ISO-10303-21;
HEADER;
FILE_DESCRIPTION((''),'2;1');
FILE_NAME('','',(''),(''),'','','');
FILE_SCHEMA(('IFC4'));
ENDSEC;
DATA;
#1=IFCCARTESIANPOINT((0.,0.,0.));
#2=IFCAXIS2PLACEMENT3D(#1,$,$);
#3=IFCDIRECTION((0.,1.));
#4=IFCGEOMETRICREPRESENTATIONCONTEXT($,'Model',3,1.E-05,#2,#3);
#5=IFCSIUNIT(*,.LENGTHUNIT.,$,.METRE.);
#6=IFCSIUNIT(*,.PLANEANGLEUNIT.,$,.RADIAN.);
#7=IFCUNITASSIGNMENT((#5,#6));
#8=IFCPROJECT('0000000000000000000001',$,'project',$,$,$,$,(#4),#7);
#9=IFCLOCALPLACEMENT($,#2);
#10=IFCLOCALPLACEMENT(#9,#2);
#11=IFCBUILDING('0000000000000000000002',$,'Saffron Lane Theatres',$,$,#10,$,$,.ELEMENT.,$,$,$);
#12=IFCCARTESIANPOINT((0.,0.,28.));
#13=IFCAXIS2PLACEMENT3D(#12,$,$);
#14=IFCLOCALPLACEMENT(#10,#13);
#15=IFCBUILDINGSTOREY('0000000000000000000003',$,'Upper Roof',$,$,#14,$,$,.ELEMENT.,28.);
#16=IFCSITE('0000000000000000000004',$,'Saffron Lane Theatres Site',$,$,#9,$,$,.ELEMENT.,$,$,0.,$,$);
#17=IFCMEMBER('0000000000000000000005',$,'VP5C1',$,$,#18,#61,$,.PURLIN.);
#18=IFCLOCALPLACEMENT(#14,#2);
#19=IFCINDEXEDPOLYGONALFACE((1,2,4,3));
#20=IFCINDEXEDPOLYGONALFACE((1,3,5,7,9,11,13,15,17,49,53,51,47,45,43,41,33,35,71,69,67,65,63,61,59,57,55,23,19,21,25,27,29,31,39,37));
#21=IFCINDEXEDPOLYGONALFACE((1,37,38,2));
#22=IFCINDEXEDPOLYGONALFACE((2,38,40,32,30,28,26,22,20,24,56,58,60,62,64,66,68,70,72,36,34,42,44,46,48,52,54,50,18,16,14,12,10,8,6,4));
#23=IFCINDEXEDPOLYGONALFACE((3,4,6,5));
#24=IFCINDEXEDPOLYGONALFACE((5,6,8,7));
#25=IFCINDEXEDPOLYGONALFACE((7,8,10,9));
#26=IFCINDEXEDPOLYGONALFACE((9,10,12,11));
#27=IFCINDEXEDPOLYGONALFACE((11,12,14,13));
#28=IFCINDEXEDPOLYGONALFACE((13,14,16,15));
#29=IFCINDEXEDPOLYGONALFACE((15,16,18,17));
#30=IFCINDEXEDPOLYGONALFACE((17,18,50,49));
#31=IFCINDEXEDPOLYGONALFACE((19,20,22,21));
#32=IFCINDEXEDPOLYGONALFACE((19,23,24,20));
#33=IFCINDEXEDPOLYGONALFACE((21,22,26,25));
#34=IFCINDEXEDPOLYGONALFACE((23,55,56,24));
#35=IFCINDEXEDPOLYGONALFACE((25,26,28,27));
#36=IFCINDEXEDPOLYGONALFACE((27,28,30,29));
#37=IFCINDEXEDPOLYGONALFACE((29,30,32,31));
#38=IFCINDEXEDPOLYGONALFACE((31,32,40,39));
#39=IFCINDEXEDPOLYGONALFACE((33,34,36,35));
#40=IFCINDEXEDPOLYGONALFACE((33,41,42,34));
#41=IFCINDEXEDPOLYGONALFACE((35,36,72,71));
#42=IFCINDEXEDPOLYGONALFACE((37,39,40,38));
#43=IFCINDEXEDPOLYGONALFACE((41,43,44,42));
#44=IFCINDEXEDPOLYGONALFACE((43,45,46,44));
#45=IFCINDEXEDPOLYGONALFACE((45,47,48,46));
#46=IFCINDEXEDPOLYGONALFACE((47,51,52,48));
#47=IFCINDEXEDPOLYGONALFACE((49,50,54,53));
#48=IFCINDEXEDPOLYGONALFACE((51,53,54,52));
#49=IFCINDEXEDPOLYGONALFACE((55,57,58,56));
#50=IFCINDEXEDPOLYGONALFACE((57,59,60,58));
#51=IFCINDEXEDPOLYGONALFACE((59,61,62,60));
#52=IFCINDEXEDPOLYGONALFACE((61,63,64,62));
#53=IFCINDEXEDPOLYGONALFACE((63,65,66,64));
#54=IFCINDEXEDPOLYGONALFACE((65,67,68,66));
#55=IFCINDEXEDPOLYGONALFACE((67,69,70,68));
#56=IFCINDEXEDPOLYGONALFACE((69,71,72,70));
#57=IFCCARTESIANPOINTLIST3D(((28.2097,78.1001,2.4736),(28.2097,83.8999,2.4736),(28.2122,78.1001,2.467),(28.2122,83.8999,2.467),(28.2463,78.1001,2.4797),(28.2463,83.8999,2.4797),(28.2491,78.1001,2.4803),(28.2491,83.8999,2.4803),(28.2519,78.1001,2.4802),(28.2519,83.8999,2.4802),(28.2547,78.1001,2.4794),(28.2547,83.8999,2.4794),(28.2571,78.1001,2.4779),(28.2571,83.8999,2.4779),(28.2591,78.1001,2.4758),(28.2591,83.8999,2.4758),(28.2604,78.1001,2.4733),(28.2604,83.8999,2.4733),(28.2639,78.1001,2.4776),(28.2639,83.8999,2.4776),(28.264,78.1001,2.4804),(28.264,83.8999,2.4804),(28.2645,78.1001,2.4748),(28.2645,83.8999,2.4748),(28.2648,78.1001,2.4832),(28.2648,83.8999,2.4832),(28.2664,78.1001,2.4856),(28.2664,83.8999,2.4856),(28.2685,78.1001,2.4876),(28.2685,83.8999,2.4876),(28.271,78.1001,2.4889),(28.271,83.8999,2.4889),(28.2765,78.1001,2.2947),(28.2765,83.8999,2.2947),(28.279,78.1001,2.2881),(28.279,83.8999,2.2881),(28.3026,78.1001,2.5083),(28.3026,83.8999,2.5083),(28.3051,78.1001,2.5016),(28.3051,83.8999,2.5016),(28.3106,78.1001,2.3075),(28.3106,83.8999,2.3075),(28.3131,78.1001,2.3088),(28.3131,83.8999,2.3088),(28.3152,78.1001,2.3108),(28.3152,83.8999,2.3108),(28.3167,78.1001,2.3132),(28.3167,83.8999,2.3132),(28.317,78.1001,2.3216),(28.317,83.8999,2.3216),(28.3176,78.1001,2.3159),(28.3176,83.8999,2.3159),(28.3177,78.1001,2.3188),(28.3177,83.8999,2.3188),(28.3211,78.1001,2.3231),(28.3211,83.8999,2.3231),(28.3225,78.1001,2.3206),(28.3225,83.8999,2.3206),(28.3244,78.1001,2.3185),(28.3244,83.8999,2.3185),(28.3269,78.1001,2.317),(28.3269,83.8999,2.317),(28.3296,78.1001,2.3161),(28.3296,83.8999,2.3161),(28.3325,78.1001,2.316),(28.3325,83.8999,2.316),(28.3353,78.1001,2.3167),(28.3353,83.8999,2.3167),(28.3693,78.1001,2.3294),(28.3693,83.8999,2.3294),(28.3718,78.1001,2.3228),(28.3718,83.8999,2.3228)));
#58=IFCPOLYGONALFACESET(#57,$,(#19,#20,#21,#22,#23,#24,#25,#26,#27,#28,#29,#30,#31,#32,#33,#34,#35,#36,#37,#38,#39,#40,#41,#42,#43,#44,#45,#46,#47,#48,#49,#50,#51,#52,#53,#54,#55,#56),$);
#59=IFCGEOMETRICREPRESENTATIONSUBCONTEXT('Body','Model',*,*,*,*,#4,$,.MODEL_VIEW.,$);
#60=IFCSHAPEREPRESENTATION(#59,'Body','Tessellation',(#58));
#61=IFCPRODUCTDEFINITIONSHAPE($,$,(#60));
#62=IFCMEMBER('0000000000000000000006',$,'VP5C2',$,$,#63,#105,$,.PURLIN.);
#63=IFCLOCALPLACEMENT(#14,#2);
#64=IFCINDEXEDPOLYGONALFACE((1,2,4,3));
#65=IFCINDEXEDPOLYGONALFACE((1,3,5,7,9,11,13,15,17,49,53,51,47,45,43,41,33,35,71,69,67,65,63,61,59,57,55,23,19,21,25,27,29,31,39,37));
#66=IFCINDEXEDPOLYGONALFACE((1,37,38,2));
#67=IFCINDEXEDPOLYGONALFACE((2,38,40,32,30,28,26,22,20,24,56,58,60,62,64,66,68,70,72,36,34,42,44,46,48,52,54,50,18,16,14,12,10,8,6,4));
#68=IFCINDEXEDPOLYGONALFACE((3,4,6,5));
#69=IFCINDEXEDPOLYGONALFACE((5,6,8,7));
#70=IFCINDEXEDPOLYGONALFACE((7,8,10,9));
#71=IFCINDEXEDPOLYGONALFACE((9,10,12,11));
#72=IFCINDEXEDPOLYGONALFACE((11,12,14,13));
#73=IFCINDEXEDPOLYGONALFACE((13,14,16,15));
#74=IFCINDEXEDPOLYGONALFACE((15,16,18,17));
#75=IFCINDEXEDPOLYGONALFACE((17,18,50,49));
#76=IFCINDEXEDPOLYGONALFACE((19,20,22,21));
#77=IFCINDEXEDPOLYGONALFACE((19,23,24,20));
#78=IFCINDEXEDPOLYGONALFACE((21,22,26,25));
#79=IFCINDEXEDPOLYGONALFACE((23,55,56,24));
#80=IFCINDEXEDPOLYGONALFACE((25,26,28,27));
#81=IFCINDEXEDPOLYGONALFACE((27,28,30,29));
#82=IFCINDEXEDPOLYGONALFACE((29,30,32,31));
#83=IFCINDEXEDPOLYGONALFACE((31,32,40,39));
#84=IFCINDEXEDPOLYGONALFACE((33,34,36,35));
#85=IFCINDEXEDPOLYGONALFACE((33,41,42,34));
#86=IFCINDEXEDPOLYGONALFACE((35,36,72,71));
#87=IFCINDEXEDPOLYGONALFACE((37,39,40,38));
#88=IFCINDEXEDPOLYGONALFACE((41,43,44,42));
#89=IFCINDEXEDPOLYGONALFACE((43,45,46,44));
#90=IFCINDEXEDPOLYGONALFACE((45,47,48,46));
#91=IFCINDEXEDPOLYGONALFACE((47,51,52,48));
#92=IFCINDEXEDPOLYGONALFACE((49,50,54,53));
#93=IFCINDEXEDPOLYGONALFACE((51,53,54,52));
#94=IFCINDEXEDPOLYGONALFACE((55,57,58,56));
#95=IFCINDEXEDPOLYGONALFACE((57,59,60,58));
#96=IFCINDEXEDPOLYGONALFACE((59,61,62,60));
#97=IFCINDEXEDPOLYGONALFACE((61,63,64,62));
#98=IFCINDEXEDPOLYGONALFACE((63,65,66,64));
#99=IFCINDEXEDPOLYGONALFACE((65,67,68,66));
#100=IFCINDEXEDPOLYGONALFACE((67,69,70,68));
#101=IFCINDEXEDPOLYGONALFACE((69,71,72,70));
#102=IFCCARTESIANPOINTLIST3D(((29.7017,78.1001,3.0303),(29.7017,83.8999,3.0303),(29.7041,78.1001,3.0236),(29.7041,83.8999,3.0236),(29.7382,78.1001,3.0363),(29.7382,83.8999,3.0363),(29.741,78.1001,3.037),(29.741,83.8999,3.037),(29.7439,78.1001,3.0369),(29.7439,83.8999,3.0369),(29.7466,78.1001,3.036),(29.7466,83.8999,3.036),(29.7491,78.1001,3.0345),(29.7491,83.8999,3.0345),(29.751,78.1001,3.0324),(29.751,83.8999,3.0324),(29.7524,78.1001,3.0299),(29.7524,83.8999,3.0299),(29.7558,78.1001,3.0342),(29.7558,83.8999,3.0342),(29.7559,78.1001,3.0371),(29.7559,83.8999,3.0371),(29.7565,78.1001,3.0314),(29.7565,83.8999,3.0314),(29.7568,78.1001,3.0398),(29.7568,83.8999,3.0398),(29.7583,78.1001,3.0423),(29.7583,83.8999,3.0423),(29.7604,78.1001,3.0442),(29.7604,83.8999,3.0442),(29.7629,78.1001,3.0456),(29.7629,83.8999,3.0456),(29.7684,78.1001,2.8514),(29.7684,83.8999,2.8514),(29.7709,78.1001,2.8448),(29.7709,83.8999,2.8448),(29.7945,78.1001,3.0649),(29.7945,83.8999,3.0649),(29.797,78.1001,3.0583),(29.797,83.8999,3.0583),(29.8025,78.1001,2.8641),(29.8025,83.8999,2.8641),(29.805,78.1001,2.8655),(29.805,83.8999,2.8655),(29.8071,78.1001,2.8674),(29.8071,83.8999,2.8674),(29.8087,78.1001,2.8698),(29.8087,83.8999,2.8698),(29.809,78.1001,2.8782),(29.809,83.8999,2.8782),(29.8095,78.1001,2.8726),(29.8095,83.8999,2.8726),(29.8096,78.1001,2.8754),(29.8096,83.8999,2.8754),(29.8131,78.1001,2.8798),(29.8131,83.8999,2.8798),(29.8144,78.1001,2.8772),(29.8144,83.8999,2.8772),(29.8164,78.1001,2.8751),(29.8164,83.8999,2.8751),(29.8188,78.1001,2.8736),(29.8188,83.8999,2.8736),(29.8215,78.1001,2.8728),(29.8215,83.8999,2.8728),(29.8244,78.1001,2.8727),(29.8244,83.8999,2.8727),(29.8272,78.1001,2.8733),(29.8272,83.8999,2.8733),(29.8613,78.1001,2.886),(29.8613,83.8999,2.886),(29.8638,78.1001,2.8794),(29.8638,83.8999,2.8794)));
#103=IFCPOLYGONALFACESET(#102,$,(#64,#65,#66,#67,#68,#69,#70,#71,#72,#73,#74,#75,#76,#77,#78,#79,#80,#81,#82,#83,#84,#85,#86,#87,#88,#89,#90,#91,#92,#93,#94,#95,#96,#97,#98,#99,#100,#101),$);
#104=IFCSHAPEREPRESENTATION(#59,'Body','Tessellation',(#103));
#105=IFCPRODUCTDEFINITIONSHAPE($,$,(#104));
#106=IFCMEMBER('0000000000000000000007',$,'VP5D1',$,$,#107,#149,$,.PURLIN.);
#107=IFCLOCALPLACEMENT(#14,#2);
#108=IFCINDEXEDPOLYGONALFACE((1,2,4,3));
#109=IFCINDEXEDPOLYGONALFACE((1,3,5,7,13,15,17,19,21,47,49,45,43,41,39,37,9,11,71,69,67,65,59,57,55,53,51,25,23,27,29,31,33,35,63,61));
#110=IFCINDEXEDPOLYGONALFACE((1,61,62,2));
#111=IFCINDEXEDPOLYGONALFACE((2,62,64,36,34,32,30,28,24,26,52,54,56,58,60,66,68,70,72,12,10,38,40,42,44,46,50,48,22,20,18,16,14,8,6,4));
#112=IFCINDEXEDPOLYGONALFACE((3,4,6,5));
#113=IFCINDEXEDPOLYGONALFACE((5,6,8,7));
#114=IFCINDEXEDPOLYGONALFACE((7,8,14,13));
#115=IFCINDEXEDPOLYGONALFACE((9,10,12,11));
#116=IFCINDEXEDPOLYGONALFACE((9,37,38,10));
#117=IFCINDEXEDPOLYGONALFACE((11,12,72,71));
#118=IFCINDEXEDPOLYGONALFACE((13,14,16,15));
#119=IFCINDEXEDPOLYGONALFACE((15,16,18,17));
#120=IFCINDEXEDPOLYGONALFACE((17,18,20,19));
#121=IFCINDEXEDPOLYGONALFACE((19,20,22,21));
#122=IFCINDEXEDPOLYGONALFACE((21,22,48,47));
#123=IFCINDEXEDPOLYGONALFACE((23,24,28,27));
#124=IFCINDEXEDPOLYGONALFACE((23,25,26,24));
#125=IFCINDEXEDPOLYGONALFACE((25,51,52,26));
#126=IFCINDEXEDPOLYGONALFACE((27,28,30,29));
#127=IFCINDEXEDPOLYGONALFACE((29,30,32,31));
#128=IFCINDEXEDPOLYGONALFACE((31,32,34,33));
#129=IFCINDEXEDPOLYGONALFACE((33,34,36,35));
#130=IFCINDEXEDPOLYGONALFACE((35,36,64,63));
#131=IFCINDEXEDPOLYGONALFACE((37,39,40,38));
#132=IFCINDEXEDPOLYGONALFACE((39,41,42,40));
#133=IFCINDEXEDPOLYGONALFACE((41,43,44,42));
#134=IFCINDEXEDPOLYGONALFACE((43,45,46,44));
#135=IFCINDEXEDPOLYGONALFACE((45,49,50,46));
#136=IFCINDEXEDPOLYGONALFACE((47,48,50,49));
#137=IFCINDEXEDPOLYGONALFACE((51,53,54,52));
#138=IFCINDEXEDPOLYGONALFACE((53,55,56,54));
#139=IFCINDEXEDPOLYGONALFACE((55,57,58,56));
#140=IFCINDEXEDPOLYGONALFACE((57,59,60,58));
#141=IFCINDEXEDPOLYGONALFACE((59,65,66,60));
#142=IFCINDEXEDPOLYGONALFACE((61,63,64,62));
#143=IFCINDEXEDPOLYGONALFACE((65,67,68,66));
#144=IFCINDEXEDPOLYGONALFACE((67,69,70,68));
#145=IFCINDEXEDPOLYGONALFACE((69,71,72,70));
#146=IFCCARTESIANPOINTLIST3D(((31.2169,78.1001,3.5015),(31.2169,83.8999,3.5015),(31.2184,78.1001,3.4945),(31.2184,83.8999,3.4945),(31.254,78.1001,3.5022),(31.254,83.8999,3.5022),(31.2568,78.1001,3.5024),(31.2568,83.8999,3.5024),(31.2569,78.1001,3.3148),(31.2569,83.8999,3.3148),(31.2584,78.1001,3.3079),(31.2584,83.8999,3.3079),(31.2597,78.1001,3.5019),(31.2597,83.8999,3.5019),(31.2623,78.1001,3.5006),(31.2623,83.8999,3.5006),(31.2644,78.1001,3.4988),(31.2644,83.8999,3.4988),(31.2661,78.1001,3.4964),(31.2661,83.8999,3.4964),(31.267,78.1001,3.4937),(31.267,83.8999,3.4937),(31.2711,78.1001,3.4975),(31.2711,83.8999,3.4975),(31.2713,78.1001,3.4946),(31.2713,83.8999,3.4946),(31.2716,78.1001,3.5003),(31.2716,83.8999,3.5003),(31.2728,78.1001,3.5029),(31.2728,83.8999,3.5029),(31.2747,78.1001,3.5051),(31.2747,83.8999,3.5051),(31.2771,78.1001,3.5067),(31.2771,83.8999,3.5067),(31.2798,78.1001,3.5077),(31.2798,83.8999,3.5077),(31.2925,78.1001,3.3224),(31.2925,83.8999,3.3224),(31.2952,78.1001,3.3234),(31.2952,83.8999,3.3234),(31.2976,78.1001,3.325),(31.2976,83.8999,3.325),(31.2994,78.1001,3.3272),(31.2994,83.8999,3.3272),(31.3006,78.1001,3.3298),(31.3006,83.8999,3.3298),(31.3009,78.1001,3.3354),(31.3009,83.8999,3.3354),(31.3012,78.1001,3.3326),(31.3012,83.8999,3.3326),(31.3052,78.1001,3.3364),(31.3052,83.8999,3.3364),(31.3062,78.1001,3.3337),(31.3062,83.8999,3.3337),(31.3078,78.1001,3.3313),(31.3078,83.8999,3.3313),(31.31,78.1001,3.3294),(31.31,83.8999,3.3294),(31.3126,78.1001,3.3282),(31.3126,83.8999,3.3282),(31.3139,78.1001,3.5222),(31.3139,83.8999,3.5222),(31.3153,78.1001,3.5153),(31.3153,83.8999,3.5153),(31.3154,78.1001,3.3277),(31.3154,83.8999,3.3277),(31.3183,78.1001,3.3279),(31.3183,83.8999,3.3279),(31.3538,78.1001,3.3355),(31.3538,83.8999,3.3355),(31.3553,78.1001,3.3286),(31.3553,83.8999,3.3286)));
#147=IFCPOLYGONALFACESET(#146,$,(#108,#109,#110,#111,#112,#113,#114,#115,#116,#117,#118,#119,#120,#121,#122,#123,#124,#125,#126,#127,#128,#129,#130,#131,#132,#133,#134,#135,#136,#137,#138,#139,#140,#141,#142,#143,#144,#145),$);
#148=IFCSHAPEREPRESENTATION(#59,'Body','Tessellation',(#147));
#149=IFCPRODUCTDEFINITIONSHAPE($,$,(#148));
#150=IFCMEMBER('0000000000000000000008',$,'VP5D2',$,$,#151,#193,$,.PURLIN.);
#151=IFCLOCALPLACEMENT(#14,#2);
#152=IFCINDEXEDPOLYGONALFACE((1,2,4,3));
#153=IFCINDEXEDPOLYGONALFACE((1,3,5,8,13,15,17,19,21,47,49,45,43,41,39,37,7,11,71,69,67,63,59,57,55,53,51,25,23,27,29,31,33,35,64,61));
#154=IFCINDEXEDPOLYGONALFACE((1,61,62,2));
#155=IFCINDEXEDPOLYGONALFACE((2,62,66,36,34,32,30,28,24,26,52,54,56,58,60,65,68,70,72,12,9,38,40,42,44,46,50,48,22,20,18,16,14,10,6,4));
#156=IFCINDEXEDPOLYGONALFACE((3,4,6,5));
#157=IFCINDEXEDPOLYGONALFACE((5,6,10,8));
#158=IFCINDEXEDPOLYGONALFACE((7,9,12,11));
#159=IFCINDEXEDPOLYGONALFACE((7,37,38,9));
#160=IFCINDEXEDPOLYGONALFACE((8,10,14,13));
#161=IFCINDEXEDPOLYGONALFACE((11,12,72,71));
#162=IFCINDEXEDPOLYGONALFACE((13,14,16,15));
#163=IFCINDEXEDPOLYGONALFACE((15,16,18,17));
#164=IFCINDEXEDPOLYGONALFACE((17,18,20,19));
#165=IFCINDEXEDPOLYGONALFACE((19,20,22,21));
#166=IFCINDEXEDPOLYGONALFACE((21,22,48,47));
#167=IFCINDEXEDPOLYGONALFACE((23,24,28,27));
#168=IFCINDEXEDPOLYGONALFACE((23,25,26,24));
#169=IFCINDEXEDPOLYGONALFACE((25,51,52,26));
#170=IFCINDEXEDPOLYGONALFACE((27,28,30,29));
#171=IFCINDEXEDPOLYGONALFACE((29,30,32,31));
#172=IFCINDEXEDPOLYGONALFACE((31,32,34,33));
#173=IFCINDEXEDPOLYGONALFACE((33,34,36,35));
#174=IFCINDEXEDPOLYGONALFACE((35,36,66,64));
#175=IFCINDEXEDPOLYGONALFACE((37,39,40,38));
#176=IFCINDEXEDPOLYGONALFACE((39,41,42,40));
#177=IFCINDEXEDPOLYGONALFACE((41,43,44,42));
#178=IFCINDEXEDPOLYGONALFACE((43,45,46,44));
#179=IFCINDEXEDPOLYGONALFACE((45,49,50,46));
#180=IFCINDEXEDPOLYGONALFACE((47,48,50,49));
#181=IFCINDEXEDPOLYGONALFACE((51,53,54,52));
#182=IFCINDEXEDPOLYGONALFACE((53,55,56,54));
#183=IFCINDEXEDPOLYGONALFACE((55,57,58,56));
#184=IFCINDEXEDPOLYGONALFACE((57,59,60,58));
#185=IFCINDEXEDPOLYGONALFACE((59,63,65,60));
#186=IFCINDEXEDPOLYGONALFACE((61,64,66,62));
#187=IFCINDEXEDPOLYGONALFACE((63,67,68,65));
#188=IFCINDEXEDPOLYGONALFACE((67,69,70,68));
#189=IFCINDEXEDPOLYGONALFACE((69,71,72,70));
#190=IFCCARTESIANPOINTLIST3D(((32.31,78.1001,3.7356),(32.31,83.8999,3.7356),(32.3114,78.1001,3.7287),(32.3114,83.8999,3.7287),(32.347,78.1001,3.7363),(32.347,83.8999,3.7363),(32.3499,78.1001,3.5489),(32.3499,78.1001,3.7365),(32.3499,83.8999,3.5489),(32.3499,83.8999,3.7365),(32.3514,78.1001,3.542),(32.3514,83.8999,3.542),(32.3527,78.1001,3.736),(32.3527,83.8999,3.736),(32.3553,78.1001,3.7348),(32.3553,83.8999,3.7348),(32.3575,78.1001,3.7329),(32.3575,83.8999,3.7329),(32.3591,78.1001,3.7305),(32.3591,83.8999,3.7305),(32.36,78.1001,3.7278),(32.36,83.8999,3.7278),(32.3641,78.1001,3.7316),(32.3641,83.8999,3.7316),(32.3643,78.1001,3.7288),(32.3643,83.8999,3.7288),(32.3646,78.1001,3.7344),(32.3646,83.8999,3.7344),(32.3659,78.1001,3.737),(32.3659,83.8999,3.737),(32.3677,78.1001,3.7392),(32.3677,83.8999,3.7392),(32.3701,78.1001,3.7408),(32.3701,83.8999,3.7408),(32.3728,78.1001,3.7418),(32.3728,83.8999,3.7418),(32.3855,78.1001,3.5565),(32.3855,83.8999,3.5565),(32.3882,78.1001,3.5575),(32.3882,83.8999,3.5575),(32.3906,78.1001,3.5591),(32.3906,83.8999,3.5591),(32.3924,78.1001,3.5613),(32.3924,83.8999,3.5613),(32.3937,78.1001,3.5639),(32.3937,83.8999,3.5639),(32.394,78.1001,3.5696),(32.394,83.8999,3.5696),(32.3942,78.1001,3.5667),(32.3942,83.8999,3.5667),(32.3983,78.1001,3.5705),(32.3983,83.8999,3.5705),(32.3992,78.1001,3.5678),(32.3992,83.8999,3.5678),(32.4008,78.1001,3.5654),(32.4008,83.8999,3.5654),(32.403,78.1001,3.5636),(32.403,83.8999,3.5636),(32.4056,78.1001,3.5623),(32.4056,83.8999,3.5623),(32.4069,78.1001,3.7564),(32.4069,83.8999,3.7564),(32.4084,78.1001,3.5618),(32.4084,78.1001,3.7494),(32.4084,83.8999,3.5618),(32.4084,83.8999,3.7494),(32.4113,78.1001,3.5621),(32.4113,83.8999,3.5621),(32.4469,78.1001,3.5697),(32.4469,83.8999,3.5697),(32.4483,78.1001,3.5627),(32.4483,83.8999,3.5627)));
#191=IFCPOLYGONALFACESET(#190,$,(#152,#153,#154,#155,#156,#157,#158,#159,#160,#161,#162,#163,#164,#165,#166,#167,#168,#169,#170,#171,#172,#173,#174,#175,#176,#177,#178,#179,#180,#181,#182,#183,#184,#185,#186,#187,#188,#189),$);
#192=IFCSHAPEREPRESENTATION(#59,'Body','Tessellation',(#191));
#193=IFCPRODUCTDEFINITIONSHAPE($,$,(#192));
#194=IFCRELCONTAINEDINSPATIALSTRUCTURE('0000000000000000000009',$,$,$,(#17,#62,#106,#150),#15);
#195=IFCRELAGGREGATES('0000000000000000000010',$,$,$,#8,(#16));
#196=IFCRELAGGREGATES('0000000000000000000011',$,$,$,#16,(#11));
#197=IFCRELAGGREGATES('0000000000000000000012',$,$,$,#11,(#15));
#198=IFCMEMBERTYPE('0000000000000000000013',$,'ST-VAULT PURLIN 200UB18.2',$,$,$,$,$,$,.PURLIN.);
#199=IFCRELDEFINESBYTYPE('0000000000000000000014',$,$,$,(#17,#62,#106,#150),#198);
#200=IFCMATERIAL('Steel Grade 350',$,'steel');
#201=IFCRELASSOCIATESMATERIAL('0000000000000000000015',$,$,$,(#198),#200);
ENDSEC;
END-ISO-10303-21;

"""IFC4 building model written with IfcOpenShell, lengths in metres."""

from ifc_helpers import new_model, si_unit, direction, frame, origin, origin_2d, place, context, subcontext, project, spatial, i_section, extrude, material, material_profile, profile_set, type_object, element, save


model = new_model("IFC4")

# Units and contexts
model_context = context("Model", 3, precision=1e-05, world=origin(), true_north=direction((0.0, 1.0)))
body_context = subcontext(model_context, "Body", "Model", "MODEL_VIEW")
ifc_project = project(units=[si_unit("LENGTHUNIT", "METRE"), si_unit("PLANEANGLEUNIT", "RADIAN")], contexts=[model_context])

# Site, building, storey
site_placement = place(None, origin())
site = spatial("IfcSite", under=ifc_project, at=site_placement, Name="Saffron Lane Theatres Site", CompositionType="ELEMENT", RefElevation=0.0)
building_placement = place(site_placement, origin())
building = spatial("IfcBuilding", under=site, at=building_placement, Name="Saffron Lane Theatres", CompositionType="ELEMENT")
storey_placement = place(building_placement, frame((0.0, 0.0, 28.0)))
storey = spatial("IfcBuildingStorey", under=building, at=storey_placement, Name="Upper Roof", CompositionType="ELEMENT", Elevation=28.0)

# Members
ifc_material_1 = material(Name="Steel Grade 350", Category="steel")
ifc_material_profile_1 = material_profile(ifc_material_1, i_section(OverallWidth=0.0991, OverallDepth=0.198, WebThickness=0.0044, FlangeThickness=0.0071, FilletRadius=0.011, at=origin_2d()))
ifc_profile_set_1 = profile_set([ifc_material_profile_1], Name="Steel Grade 350")
member_type_1 = type_object("IfcMemberType", Name="ST-VAULT PURLIN 200UB18.2", PredefinedType="PURLIN", material=ifc_profile_set_1)
for number, where, z_axis, x_axis, name in (
    (1, (28.2908, 78.1001, 2.3982), (0.0, 1.0, 0.0), (0.93689, 0.0, 0.349624), "VP5C1"),
    (2, (29.7827, 78.1001, 2.9548), (0.0, 1.0, 0.0), (0.93689, 0.0, 0.349624), "VP5C2"),
    (3, (31.2861, 78.1001, 3.415), (0.0, 1.0, 0.0), (0.977816, 0.0, 0.209466), "VP5D1"),
    (4, (32.3792, 78.1001, 3.6492), (0.0, 1.0, 0.0), (0.977816, 0.0, 0.209466), "VP5D2"),
):
    element("IfcMember", number, at=place(storey_placement, frame(where, z_axis=z_axis, x_axis=x_axis)), inside=storey, type_object=member_type_1, Name=name, PredefinedType="PURLIN", context=body_context, shape_type="SweptSolid", body=[
        extrude(i_section(OverallWidth=0.0991, OverallDepth=0.198, WebThickness=0.0044, FlangeThickness=0.0071, FilletRadius=0.011, at=origin_2d()), origin(), (0.0, 0.0, 1.0), 5.7998),
    ])

save(model, "model.ifc")
